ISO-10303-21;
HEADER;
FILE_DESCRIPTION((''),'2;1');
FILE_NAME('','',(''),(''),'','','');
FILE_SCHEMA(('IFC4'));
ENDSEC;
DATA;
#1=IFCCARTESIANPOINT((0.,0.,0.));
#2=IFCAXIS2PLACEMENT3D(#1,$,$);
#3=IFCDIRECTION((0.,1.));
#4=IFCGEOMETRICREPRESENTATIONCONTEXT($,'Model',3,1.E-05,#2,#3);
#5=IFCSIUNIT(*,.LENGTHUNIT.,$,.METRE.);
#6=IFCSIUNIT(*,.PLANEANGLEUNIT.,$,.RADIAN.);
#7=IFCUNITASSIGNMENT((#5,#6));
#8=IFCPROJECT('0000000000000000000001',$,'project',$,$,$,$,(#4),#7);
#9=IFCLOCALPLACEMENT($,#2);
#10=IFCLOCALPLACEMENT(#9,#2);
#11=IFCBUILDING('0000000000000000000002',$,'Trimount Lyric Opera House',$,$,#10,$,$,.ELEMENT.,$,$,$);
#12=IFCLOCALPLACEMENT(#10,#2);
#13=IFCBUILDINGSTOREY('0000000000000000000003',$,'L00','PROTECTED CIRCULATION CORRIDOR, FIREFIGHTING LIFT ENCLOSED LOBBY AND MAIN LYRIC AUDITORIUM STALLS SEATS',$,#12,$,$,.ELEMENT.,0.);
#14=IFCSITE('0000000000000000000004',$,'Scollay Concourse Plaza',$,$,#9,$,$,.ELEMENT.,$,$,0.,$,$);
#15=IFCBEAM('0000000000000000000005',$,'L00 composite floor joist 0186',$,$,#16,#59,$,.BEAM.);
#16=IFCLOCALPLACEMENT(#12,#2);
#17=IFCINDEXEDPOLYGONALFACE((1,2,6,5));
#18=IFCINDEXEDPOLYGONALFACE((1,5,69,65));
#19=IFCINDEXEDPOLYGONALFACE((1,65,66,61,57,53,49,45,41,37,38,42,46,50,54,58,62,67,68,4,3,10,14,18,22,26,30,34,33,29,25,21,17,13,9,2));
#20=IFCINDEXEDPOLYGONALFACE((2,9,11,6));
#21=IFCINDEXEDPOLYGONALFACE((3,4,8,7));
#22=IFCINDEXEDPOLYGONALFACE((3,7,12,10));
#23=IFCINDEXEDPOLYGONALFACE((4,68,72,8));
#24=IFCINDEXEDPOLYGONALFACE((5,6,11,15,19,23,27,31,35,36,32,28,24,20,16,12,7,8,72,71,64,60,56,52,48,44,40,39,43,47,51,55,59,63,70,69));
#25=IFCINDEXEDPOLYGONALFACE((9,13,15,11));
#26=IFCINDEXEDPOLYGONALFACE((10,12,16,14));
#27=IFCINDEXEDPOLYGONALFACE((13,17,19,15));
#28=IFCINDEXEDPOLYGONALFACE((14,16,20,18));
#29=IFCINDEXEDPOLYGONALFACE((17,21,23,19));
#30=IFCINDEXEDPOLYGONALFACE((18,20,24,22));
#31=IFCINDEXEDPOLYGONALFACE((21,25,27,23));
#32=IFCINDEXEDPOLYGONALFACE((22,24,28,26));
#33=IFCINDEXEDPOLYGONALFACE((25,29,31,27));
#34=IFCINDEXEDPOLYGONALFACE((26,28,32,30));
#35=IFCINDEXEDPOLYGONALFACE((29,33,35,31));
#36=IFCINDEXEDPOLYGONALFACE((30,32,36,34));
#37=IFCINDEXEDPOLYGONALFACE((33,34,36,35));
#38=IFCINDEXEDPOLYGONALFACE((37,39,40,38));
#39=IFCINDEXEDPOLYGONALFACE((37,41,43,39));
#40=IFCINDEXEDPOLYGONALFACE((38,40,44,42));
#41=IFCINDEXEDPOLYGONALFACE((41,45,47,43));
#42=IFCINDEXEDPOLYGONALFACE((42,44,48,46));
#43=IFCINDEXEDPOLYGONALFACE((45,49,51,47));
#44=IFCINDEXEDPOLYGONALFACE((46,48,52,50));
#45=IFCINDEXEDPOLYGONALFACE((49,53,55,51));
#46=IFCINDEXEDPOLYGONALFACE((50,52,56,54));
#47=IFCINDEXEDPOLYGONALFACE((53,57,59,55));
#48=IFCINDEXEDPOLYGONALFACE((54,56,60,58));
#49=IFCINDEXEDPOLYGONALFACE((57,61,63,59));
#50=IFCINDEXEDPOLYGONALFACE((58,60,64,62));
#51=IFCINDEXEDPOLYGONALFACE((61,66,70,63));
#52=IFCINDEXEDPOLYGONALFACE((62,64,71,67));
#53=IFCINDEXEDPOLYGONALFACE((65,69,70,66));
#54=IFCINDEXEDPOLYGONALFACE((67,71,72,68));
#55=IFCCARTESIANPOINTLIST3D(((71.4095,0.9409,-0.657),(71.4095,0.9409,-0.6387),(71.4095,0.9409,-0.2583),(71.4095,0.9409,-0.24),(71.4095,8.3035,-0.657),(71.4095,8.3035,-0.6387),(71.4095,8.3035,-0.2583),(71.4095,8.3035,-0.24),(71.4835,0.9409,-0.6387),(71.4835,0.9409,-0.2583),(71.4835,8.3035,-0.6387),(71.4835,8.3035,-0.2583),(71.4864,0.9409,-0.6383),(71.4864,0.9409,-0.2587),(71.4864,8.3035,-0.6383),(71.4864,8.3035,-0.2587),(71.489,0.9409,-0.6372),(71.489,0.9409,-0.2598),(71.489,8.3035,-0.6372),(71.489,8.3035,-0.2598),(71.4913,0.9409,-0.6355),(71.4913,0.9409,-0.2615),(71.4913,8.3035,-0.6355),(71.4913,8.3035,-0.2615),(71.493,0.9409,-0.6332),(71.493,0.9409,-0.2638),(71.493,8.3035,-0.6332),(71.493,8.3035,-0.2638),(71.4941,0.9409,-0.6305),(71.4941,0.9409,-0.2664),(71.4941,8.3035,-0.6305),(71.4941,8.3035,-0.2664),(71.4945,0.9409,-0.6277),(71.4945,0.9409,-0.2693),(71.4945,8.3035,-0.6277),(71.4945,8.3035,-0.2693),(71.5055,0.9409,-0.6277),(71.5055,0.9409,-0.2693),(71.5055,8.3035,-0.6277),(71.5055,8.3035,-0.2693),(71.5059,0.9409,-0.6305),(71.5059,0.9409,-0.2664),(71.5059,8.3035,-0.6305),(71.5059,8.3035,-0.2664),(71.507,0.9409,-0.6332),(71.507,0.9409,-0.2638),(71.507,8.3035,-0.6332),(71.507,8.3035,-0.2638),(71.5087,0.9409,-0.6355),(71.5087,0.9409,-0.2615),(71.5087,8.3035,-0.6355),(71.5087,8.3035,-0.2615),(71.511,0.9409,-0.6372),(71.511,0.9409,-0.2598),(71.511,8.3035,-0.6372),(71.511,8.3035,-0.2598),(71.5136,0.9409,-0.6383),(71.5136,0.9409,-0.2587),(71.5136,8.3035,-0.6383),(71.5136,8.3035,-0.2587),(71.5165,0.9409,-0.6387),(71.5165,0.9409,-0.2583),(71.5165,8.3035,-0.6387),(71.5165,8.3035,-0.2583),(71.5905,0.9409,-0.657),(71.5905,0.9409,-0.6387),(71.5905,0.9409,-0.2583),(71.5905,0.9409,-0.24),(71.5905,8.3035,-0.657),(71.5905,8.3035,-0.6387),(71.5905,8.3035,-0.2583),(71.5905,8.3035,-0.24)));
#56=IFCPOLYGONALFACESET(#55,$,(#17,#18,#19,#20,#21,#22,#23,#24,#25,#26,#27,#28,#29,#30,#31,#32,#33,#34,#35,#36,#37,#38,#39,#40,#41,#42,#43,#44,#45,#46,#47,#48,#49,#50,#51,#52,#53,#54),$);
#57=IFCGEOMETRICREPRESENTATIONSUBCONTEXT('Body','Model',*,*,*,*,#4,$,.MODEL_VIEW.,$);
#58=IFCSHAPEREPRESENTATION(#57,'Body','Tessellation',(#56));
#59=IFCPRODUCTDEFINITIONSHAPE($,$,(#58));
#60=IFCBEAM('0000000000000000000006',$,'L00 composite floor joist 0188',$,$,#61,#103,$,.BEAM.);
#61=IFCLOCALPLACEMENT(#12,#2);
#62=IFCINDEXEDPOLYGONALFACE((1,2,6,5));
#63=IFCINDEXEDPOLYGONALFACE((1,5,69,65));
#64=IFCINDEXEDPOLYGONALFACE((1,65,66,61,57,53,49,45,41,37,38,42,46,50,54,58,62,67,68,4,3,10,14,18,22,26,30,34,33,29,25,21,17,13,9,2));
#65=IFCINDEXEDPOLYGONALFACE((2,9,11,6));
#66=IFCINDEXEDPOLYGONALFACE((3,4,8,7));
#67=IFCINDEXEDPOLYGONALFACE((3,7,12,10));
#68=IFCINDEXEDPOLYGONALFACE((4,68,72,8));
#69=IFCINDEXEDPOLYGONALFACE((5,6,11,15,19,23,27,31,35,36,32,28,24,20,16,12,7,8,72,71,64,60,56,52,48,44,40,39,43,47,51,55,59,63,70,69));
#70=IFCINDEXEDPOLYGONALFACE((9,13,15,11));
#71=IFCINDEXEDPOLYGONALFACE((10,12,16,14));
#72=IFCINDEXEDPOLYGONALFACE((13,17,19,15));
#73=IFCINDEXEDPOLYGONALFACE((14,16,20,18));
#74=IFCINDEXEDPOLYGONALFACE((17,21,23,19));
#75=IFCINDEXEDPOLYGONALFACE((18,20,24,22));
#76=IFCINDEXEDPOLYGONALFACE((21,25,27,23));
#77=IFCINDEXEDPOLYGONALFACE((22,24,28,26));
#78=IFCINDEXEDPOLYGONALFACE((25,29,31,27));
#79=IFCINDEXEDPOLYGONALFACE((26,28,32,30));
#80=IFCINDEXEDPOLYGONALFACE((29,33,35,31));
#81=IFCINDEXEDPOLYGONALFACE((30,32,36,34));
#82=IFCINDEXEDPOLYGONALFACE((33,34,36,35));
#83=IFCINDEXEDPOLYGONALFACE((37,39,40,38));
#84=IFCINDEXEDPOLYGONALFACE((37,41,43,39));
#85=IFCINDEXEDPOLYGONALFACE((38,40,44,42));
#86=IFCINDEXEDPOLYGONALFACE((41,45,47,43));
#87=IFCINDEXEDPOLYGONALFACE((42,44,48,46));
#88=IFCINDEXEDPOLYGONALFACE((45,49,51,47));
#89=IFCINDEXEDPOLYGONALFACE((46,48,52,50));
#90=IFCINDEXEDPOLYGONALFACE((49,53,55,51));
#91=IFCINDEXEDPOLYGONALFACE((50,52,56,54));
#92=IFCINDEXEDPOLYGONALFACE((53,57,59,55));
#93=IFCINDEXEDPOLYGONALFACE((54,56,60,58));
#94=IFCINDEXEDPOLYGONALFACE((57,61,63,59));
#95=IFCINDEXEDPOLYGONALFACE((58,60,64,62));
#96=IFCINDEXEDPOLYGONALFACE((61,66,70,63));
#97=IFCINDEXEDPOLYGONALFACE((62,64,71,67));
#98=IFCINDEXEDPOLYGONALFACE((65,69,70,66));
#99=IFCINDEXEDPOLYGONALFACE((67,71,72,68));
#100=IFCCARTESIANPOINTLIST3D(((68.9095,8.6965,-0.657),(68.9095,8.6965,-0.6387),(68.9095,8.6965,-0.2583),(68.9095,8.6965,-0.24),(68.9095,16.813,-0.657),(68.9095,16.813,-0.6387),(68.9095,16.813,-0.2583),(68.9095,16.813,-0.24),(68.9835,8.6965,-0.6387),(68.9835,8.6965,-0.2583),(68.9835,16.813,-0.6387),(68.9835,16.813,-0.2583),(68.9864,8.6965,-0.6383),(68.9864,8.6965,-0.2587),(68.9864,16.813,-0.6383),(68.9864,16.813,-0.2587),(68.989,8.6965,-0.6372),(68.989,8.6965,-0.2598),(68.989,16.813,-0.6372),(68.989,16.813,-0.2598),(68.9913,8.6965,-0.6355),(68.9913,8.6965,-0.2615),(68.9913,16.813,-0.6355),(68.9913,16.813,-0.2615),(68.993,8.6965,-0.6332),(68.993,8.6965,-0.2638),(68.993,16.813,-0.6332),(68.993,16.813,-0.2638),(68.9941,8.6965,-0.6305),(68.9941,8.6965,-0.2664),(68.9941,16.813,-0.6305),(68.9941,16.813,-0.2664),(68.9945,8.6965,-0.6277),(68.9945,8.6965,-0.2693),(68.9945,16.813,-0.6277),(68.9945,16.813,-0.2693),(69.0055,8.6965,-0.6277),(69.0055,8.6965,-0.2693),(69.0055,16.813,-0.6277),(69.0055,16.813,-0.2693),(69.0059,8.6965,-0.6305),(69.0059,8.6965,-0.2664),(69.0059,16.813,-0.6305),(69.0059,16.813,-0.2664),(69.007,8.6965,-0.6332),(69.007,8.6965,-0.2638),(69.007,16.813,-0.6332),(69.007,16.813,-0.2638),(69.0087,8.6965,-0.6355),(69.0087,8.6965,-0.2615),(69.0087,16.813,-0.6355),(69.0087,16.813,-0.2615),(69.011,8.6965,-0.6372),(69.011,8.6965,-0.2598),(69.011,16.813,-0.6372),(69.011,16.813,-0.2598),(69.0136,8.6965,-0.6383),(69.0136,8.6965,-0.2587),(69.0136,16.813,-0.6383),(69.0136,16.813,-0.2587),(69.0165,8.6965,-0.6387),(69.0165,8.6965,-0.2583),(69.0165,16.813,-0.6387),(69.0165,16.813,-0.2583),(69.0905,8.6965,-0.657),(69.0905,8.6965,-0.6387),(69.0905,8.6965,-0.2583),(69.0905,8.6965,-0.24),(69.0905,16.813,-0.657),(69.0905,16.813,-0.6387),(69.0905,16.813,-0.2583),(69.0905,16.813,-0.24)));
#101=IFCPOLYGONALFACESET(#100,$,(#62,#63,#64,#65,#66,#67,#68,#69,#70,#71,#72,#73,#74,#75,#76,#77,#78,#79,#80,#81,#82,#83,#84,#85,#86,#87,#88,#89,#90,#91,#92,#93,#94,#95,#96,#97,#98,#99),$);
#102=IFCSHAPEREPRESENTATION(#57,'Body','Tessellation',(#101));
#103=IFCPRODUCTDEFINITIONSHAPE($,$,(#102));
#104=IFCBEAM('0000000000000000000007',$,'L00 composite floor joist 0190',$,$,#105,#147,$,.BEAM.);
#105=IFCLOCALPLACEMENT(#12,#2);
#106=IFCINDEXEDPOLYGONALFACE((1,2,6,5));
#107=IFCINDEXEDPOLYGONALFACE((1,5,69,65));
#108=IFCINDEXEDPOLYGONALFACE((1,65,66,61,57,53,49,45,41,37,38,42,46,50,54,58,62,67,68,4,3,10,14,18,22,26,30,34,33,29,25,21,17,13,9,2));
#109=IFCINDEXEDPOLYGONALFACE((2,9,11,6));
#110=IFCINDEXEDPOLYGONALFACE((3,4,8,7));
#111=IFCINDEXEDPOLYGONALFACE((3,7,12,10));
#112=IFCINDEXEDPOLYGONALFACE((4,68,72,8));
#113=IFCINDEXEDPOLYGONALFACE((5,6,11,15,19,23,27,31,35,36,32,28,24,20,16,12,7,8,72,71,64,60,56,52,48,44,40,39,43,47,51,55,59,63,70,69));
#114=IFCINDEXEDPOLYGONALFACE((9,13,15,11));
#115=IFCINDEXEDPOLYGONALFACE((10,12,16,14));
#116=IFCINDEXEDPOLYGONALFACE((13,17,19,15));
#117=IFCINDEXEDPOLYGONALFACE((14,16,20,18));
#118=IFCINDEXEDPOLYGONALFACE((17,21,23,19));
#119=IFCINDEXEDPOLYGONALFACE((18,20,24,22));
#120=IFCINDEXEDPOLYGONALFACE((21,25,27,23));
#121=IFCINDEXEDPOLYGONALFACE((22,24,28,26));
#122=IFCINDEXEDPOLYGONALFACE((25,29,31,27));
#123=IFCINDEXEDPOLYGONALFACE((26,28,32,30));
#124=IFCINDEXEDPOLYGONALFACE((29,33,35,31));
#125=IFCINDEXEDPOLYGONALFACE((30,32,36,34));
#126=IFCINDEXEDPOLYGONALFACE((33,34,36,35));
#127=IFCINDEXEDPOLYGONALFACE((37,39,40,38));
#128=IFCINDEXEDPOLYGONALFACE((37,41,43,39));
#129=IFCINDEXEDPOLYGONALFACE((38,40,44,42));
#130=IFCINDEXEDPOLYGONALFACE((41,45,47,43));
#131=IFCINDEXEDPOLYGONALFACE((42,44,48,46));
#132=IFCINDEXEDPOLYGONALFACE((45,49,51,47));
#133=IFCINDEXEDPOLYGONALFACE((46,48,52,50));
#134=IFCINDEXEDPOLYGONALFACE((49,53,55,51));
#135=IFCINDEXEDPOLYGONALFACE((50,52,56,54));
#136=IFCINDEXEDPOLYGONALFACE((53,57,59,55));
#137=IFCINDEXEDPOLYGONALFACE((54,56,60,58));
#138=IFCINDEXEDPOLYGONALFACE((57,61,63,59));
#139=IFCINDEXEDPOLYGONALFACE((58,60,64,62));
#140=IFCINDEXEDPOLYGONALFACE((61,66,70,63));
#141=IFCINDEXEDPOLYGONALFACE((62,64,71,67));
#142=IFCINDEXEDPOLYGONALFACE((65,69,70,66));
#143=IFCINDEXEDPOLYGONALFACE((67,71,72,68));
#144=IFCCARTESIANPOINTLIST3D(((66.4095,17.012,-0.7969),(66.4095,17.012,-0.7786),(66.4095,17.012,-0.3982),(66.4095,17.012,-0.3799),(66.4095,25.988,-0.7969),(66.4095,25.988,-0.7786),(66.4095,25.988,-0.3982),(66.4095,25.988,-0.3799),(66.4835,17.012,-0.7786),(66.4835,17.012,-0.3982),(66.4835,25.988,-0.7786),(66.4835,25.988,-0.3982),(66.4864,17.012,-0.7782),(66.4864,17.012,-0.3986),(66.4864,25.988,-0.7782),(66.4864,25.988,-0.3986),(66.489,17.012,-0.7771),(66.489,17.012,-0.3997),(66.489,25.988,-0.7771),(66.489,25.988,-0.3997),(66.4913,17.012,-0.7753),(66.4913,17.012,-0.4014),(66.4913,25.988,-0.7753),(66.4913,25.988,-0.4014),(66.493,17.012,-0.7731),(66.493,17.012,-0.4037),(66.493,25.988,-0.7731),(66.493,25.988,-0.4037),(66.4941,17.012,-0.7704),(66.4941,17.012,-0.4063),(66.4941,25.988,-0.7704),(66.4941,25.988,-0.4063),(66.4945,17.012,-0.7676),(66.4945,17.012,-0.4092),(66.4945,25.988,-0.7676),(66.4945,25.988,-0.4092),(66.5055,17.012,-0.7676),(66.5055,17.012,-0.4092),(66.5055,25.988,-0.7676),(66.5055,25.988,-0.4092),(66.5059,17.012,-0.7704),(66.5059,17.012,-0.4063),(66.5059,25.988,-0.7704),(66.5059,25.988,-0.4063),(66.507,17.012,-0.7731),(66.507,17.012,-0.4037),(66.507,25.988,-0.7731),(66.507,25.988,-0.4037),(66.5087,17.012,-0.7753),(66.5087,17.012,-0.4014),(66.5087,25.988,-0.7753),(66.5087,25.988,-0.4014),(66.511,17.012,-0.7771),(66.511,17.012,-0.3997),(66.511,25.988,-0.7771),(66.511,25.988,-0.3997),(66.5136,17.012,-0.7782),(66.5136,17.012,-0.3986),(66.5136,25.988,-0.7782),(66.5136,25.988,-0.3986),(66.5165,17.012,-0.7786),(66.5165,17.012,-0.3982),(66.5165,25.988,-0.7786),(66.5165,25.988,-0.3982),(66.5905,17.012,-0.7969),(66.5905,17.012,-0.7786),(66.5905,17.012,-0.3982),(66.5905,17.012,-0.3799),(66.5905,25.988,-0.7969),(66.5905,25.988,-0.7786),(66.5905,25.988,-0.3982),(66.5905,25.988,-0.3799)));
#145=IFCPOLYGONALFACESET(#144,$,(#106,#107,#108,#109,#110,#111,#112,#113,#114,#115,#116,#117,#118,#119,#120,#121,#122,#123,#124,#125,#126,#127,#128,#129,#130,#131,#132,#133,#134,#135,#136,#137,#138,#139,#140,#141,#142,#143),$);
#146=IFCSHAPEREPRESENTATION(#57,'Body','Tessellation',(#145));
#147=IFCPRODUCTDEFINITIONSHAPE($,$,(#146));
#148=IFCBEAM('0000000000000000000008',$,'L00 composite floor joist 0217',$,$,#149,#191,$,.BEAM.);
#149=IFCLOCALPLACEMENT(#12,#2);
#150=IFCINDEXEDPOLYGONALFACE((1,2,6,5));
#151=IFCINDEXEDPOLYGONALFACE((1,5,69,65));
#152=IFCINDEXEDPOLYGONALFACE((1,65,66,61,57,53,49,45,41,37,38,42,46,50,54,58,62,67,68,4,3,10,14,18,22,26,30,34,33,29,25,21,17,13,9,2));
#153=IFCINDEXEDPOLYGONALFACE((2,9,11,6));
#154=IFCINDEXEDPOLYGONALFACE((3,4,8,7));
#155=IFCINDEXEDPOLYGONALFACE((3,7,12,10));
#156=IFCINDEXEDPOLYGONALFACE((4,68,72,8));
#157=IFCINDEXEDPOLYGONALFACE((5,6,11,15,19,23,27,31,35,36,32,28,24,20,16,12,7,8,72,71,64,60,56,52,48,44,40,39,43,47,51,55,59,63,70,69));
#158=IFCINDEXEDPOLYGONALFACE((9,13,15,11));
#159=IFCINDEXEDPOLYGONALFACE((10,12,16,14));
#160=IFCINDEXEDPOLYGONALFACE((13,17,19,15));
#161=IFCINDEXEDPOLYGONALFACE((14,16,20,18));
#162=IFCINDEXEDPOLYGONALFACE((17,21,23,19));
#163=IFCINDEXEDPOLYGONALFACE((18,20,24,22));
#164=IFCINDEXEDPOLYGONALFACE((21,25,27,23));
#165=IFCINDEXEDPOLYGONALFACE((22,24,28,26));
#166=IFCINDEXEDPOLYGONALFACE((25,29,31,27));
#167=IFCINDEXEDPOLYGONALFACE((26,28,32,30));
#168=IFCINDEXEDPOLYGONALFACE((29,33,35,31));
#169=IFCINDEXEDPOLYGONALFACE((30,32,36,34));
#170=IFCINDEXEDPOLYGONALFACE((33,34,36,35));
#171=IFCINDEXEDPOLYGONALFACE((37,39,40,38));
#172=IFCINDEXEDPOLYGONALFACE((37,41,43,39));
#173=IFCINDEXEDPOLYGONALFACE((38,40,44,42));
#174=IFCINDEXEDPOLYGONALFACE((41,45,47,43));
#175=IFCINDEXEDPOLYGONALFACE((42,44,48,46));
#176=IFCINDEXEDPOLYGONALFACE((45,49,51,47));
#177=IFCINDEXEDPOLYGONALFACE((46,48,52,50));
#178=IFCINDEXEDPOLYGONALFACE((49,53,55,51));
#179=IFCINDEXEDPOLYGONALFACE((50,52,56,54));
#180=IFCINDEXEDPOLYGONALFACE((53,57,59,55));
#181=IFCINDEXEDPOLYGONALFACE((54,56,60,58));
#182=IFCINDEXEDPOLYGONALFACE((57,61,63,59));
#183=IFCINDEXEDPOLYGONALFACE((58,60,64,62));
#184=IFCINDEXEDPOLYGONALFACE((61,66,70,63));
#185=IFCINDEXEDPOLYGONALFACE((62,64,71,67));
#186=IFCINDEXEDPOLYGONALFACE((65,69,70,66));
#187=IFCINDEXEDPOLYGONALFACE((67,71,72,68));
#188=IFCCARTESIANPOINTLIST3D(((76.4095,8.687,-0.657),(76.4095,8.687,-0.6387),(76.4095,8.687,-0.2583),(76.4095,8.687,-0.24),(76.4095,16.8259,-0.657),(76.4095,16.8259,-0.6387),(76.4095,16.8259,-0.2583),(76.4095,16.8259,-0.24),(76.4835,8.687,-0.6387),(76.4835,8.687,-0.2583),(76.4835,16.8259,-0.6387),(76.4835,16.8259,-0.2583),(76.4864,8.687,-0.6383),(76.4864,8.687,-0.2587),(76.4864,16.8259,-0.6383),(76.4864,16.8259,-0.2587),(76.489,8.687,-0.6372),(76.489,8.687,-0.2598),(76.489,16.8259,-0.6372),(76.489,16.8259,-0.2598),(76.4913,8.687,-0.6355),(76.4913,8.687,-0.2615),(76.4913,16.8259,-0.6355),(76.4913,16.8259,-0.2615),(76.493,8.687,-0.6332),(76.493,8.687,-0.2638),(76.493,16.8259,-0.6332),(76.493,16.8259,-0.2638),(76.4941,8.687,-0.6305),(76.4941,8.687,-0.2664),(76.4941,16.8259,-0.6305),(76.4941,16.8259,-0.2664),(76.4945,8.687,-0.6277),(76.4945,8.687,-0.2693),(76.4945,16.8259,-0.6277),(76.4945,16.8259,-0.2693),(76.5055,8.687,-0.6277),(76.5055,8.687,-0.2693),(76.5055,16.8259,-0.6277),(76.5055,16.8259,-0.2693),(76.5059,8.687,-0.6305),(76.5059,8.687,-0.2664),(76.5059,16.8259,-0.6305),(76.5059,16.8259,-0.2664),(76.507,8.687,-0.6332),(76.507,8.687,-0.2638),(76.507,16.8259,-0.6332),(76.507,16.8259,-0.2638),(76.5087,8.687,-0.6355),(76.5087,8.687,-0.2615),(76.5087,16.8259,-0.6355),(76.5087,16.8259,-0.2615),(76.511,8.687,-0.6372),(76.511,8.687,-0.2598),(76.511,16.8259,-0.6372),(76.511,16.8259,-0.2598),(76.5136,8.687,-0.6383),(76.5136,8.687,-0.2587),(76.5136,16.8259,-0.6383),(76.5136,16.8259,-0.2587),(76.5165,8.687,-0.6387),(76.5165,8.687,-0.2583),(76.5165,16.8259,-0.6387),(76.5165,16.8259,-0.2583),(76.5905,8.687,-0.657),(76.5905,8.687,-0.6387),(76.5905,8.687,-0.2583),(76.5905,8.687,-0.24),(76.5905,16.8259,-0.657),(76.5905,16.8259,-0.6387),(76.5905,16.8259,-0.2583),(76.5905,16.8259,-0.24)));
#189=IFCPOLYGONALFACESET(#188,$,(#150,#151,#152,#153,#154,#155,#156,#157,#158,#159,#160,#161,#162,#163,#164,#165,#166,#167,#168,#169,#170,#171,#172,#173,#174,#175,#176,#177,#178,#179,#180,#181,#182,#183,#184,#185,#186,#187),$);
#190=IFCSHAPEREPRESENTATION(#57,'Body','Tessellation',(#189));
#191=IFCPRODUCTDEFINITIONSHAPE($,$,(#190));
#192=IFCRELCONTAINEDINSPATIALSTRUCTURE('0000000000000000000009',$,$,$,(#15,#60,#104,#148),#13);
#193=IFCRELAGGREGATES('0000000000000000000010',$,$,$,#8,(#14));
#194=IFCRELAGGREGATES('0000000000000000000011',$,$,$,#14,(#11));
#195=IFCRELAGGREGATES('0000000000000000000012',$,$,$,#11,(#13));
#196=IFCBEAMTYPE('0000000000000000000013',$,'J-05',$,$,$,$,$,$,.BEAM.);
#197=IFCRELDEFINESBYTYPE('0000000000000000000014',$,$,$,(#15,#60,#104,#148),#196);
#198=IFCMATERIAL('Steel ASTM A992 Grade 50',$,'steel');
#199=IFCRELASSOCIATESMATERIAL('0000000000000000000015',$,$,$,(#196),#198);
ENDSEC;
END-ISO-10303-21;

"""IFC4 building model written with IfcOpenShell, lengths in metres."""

from ifc_helpers import new_model, si_unit, direction, frame, origin, origin_2d, place, context, subcontext, project, spatial, i_section, extrude, material, material_profile, profile_set, type_object, element, save


model = new_model("IFC4")

# Units and contexts
model_context = context("Model", 3, precision=1e-05, world=origin(), true_north=direction((0.0, 1.0)))
body_context = subcontext(model_context, "Body", "Model", "MODEL_VIEW")
ifc_project = project(units=[si_unit("LENGTHUNIT", "METRE"), si_unit("PLANEANGLEUNIT", "RADIAN")], contexts=[model_context])

# Site, building, storey
site_placement = place(None, origin())
site = spatial("IfcSite", under=ifc_project, at=site_placement, Name="Scollay Concourse Plaza", CompositionType="ELEMENT", RefElevation=0.0)
building_placement = place(site_placement, origin())
building = spatial("IfcBuilding", under=site, at=building_placement, Name="Trimount Lyric Opera House", CompositionType="ELEMENT")
storey_placement = place(building_placement, origin())
storey = spatial("IfcBuildingStorey", under=building, at=storey_placement, Name="L00", Description="PROTECTED CIRCULATION CORRIDOR, FIREFIGHTING LIFT ENCLOSED LOBBY AND MAIN LYRIC AUDITORIUM STALLS SEATS", CompositionType="ELEMENT", Elevation=0.0)

# Beams
ifc_material_1 = material(Name="Steel ASTM A992 Grade 50", Category="steel")
ifc_material_profile_1 = material_profile(ifc_material_1, i_section(OverallWidth=0.1809, OverallDepth=0.417, WebThickness=0.011, FlangeThickness=0.0183, FilletRadius=0.011, at=origin_2d()), Name="W16X57")
ifc_profile_set_1 = profile_set([ifc_material_profile_1], Name="Steel ASTM A992 Grade 50")
beam_type_1 = type_object("IfcBeamType", Name="J-05", PredefinedType="BEAM", material=ifc_profile_set_1)
beam_1_placement = place(storey_placement, frame((71.5, 0.9409, -0.4485), z_axis=(0.0, 1.0, 0.0), x_axis=(-1.0, 0.0, 0.0)))
element("IfcBeam", 1, at=beam_1_placement, inside=storey, type_object=beam_type_1, Name="L00 composite floor joist 0186", PredefinedType="BEAM", context=body_context, shape_type="SweptSolid", body=[
    extrude(i_section(OverallWidth=0.1809, OverallDepth=0.417, WebThickness=0.011, FlangeThickness=0.0183, FilletRadius=0.011, at=origin_2d()), origin(), (0.0, 0.0, 1.0), 7.3625),
])
beam_2_placement = place(storey_placement, frame((69.0, 8.6965, -0.4485), z_axis=(0.0, 1.0, 0.0), x_axis=(-1.0, 0.0, 0.0)))
element("IfcBeam", 2, at=beam_2_placement, inside=storey, type_object=beam_type_1, Name="L00 composite floor joist 0188", PredefinedType="BEAM", context=body_context, shape_type="SweptSolid", body=[
    extrude(i_section(OverallWidth=0.1809, OverallDepth=0.417, WebThickness=0.011, FlangeThickness=0.0183, FilletRadius=0.011, at=origin_2d()), origin(), (0.0, 0.0, 1.0), 8.1165),
])
beam_3_placement = place(storey_placement, frame((66.5, 17.012, -0.5884), z_axis=(0.0, 1.0, 0.0), x_axis=(-1.0, 0.0, 0.0)))
element("IfcBeam", 3, at=beam_3_placement, inside=storey, type_object=beam_type_1, Name="L00 composite floor joist 0190", PredefinedType="BEAM", context=body_context, shape_type="SweptSolid", body=[
    extrude(i_section(OverallWidth=0.1809, OverallDepth=0.417, WebThickness=0.011, FlangeThickness=0.0183, FilletRadius=0.011, at=origin_2d()), origin(), (0.0, 0.0, 1.0), 8.9761),
])
beam_4_placement = place(storey_placement, frame((76.5, 8.687, -0.4485), z_axis=(0.0, 1.0, 0.0), x_axis=(-1.0, 0.0, 0.0)))
element("IfcBeam", 4, at=beam_4_placement, inside=storey, type_object=beam_type_1, Name="L00 composite floor joist 0217", PredefinedType="BEAM", context=body_context, shape_type="SweptSolid", body=[
    extrude(i_section(OverallWidth=0.1809, OverallDepth=0.417, WebThickness=0.011, FlangeThickness=0.0183, FilletRadius=0.011, at=origin_2d()), origin(), (0.0, 0.0, 1.0), 8.1389),
])

save(model, "model.ifc")
